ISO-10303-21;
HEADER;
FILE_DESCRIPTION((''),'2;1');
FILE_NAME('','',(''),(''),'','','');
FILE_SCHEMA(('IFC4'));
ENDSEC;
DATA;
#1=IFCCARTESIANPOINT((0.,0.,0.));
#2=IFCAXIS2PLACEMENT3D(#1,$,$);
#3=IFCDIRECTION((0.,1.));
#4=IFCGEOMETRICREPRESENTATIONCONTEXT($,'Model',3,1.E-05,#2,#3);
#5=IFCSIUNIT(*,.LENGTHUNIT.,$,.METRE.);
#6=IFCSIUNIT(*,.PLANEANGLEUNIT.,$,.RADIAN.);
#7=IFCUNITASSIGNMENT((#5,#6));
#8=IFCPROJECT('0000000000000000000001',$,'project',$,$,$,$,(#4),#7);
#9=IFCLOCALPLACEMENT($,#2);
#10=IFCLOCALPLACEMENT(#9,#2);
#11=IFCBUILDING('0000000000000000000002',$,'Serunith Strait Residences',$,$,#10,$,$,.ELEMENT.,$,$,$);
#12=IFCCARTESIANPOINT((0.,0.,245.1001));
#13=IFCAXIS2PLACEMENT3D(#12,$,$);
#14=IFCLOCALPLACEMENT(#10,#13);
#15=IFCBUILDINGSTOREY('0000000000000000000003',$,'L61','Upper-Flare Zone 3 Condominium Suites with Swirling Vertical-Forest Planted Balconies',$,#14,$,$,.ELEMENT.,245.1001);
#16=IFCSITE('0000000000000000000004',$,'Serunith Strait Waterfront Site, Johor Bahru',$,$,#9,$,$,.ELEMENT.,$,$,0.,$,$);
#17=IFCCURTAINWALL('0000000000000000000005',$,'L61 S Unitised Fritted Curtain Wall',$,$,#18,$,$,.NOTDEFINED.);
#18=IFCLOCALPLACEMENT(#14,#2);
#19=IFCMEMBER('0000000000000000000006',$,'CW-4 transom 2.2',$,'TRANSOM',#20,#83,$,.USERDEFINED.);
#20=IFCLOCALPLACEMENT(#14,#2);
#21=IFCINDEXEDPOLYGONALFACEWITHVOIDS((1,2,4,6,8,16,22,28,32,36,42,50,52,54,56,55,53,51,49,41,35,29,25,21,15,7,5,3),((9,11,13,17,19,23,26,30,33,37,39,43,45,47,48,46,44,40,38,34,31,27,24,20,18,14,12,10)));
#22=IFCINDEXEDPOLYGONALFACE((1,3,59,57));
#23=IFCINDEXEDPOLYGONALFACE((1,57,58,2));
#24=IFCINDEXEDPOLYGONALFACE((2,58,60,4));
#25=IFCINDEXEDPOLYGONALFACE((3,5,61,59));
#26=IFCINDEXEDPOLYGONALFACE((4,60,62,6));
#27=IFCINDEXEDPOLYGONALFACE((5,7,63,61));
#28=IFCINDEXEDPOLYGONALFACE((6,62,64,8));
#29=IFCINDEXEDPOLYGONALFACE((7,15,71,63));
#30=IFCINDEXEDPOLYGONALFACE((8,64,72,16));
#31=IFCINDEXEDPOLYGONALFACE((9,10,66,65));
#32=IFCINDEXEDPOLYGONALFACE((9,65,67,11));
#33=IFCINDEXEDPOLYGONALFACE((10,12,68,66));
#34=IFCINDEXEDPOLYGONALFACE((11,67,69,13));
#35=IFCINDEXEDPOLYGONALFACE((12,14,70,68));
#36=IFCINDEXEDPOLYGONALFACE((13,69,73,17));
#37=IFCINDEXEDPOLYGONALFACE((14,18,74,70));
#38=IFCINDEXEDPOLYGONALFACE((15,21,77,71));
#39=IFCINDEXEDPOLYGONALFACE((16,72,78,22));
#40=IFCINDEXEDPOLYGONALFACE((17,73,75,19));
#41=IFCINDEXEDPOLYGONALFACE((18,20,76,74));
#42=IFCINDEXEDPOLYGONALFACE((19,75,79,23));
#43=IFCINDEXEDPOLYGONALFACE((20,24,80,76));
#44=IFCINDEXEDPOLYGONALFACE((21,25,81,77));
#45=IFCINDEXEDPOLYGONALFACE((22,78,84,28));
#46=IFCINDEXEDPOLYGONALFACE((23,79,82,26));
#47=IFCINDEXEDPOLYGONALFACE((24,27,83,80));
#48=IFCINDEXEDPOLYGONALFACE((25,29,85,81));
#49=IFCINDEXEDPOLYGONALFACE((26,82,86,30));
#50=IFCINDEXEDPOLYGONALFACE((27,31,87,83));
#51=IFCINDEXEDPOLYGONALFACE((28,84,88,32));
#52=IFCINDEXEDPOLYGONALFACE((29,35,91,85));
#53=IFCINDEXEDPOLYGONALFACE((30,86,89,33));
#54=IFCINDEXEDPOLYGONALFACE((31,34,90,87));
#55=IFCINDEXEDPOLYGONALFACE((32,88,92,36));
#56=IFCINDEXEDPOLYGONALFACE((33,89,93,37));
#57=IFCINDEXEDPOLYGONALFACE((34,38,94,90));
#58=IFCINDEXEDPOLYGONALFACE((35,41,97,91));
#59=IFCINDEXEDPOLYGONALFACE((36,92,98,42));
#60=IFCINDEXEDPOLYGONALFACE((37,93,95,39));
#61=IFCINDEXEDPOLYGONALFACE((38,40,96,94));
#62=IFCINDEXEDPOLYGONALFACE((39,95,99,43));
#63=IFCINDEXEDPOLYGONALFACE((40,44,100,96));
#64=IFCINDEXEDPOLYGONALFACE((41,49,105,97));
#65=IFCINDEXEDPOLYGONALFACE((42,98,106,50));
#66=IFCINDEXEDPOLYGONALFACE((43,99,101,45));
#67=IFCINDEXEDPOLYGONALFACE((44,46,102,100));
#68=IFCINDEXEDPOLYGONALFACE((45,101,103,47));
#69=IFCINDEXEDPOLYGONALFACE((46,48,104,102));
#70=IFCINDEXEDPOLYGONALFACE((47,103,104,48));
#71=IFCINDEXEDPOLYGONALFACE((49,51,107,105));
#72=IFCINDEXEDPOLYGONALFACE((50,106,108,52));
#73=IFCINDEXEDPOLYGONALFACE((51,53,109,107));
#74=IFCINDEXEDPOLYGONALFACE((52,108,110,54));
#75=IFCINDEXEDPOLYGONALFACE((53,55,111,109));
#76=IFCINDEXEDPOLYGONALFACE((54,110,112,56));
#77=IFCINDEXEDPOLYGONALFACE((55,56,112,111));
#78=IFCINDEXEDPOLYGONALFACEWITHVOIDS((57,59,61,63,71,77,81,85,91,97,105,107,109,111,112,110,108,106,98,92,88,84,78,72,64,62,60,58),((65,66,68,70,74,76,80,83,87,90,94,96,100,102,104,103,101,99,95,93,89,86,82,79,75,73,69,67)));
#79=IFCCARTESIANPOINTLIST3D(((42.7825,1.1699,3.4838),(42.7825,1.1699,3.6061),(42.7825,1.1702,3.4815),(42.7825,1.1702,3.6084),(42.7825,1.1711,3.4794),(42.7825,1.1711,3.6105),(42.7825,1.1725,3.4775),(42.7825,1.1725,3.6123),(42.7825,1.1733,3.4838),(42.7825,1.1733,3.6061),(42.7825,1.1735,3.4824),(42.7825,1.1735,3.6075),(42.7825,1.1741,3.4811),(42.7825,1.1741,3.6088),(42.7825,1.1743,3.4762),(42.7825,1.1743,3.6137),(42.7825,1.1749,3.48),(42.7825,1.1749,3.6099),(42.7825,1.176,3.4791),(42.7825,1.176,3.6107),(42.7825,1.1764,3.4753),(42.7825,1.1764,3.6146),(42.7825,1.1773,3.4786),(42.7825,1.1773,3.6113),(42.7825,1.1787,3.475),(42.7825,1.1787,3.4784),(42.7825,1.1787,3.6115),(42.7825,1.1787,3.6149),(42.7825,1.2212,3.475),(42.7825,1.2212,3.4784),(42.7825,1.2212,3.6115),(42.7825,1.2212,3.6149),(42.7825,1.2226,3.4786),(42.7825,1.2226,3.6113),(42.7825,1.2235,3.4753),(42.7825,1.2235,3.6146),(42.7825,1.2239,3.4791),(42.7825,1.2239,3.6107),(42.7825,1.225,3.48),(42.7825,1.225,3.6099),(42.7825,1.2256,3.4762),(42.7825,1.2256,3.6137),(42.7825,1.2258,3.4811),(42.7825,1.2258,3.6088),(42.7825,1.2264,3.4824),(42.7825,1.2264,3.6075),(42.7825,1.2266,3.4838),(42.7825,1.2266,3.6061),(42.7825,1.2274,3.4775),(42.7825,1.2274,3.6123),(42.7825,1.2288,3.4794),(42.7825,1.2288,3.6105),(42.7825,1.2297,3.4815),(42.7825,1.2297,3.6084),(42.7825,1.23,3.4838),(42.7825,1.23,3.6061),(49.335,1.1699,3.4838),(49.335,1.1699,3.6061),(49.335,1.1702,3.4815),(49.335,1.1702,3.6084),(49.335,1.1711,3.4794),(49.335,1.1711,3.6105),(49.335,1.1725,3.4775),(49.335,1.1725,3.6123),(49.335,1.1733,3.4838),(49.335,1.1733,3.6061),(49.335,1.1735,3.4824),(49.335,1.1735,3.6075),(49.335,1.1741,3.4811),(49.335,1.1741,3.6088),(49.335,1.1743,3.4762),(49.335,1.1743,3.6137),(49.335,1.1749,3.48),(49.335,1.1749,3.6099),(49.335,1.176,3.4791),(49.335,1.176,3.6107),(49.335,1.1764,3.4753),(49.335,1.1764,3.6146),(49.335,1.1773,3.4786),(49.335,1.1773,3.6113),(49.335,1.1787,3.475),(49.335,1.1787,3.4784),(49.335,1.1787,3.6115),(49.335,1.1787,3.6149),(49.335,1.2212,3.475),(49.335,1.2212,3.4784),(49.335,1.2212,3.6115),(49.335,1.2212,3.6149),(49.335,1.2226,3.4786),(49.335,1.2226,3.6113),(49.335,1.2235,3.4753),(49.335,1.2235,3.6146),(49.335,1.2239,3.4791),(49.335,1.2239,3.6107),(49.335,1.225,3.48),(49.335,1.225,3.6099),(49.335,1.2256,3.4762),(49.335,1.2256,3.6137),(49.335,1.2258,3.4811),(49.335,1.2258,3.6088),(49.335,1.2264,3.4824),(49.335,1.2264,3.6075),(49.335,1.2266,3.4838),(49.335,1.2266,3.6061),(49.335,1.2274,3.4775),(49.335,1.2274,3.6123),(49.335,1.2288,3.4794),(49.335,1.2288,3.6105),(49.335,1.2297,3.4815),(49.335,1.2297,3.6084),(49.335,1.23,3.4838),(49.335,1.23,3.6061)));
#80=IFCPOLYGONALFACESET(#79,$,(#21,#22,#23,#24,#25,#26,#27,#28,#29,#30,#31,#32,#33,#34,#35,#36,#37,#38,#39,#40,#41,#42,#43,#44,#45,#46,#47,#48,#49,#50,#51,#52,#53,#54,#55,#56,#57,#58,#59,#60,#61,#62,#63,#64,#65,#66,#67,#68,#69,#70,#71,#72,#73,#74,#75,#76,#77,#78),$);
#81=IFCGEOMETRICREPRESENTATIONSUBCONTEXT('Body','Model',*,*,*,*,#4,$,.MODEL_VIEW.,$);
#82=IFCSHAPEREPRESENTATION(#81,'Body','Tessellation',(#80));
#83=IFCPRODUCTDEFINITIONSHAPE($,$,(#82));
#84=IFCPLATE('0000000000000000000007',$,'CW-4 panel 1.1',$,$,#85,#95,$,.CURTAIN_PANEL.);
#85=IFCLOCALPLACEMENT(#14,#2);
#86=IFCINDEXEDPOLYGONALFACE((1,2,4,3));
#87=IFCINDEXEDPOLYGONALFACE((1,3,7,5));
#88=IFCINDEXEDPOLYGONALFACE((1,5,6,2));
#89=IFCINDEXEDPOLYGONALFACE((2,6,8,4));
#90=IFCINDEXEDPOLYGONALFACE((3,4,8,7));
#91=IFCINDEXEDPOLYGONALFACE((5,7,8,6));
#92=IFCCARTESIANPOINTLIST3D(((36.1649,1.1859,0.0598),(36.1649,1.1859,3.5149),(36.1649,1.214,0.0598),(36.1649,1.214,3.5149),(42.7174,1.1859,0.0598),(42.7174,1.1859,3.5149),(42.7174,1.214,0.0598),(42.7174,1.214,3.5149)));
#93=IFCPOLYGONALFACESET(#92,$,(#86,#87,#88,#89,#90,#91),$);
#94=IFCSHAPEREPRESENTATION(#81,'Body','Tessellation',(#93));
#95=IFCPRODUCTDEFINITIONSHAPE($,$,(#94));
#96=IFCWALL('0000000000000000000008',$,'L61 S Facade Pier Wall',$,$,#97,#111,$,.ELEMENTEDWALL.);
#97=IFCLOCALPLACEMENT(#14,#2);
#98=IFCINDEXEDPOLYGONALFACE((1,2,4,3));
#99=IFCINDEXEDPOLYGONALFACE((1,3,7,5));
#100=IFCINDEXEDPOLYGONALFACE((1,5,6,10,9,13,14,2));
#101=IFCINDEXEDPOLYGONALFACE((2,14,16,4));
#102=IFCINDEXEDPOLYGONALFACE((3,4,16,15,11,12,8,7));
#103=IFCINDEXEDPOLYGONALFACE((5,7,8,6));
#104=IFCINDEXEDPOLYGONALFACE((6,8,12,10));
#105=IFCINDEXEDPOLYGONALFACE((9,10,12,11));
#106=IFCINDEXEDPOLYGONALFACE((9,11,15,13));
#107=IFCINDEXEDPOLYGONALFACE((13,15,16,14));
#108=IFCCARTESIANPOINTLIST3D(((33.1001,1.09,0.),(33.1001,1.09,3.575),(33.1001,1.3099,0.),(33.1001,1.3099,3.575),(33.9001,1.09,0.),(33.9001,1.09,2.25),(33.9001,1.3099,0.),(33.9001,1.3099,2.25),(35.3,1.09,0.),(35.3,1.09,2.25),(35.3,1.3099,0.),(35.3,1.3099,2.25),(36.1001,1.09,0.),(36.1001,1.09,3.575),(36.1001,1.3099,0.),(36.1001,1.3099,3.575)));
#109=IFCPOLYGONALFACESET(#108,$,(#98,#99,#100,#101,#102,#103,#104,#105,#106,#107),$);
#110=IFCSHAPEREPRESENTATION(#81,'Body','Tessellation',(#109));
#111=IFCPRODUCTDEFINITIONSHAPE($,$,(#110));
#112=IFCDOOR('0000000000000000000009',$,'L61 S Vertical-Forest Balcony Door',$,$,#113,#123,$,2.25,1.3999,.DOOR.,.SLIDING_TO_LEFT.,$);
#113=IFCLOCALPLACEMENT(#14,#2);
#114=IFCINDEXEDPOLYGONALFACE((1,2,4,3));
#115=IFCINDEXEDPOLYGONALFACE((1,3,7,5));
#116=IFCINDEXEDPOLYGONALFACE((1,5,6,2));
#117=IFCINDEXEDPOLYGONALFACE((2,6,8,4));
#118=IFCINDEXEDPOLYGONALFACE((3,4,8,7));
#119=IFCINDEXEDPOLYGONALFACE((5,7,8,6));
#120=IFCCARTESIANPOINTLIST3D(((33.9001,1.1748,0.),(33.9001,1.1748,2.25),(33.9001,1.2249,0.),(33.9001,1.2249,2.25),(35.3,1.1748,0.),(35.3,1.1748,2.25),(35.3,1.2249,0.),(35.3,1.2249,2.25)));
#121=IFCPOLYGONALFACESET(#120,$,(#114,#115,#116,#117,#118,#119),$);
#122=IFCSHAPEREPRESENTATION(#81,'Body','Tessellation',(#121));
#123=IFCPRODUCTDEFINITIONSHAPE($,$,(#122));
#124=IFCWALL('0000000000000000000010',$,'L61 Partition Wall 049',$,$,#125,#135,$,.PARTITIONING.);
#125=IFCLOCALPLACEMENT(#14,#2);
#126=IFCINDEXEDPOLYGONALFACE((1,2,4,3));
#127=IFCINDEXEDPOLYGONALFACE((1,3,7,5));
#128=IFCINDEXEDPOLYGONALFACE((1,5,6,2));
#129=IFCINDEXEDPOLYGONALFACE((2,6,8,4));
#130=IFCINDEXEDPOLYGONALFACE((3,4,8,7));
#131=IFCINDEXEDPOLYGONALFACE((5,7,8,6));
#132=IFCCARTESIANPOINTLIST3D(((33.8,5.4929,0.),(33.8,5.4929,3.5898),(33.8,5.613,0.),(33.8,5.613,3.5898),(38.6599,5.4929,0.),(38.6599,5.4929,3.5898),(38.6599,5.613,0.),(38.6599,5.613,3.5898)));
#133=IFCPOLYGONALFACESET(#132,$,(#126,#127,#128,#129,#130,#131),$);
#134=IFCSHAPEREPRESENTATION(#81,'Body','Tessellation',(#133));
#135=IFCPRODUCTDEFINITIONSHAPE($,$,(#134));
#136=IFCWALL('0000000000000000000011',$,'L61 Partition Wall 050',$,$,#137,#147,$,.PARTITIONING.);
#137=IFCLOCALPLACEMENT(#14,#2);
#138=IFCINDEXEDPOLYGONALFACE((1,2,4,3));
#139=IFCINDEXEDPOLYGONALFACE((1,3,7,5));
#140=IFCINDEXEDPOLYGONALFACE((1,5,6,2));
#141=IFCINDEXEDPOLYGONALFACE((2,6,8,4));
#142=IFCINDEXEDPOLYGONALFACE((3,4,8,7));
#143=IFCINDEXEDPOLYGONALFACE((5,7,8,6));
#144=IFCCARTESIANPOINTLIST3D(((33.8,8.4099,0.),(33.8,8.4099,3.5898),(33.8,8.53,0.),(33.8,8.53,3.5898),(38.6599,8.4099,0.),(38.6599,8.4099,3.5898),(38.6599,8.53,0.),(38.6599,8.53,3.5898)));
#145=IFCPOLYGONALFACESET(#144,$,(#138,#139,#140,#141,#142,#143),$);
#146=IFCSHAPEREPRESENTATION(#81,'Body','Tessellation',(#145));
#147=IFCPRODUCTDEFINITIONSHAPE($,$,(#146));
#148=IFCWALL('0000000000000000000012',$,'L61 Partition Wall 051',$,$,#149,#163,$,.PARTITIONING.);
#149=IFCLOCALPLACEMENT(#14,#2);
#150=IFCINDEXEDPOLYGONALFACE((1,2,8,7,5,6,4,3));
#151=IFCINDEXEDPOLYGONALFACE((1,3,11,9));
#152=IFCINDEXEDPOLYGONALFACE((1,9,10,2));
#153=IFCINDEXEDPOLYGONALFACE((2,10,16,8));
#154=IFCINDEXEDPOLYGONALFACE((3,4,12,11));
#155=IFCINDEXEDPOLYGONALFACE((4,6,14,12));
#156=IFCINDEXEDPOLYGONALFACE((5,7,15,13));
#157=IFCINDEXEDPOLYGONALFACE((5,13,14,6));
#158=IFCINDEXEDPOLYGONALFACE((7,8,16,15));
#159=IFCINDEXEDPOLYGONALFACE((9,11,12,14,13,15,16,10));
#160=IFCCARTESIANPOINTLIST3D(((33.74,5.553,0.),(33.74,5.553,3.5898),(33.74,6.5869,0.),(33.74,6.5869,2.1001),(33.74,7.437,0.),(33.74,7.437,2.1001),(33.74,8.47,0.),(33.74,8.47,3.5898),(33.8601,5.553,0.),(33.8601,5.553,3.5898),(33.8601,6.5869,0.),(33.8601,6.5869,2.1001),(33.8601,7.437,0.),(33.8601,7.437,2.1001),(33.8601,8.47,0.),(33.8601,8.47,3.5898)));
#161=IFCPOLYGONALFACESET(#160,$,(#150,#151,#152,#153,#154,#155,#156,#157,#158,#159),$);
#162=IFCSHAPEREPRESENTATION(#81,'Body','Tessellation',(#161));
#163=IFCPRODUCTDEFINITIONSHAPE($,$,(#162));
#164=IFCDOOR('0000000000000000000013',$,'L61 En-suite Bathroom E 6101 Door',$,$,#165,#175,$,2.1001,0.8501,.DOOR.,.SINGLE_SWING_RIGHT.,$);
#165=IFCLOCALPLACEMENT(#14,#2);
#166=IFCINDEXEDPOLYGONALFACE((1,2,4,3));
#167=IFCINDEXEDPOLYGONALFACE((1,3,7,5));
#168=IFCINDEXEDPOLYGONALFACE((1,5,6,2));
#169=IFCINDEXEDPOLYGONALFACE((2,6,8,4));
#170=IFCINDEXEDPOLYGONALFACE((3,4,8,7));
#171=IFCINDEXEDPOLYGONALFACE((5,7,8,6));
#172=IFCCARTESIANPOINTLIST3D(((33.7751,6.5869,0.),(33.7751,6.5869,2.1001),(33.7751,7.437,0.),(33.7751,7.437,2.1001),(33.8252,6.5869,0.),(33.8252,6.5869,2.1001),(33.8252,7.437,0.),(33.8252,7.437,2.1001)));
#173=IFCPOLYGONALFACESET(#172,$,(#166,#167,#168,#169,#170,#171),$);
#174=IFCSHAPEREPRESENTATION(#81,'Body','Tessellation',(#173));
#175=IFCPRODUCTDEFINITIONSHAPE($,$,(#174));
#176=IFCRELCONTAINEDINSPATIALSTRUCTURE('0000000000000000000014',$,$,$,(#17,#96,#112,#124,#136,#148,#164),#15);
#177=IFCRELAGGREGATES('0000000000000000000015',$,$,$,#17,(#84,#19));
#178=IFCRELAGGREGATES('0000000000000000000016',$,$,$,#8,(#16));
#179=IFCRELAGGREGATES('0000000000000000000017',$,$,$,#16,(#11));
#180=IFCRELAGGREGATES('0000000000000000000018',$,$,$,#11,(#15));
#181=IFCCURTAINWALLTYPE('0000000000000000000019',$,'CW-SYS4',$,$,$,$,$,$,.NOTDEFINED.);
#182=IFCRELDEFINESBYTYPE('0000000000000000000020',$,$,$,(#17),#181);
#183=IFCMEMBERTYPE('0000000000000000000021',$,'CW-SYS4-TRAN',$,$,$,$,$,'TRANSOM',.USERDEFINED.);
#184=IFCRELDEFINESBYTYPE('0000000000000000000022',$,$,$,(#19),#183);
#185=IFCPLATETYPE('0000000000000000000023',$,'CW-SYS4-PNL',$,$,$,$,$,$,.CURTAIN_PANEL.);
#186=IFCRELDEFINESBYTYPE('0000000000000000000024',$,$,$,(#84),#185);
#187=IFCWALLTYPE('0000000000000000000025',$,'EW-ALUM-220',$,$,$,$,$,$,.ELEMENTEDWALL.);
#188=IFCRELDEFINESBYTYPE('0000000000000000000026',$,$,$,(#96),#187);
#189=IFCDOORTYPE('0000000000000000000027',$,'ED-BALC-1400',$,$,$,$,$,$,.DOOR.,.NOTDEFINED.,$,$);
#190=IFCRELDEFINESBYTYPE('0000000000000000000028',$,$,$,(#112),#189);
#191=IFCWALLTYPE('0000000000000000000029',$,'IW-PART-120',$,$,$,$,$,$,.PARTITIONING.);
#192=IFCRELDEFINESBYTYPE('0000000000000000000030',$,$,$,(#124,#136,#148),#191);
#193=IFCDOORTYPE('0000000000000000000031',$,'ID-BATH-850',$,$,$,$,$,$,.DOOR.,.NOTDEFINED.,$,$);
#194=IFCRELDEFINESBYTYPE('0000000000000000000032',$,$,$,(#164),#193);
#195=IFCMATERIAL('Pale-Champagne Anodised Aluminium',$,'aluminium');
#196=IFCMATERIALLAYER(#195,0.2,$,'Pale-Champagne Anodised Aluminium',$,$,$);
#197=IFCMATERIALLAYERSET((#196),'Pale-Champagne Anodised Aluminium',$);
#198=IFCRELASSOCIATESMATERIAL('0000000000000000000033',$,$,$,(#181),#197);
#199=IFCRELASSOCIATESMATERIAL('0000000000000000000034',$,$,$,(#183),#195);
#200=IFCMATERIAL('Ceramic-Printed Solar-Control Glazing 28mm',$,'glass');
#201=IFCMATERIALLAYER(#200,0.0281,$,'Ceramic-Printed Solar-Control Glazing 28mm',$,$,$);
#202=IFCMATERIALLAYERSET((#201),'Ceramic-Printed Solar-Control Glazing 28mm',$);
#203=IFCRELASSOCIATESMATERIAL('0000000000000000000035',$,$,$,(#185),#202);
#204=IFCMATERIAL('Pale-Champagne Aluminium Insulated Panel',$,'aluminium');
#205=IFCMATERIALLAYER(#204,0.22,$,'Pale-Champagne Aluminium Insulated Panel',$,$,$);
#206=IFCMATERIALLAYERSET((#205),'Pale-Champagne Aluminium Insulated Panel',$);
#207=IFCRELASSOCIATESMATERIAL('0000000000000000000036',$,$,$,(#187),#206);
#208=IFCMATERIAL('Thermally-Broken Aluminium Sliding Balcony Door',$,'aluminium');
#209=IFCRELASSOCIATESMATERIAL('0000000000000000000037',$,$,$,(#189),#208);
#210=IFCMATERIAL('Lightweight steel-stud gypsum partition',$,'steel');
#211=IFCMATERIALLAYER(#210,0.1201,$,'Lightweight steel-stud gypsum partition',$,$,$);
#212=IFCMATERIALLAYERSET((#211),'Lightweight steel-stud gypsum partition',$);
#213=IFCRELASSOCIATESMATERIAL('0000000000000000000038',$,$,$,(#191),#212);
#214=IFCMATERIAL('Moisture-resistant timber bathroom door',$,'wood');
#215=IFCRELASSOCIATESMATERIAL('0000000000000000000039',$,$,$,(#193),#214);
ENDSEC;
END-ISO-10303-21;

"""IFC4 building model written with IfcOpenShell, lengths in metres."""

from ifc_helpers import new_model, si_unit, direction, frame, frame_2d, origin, origin_2d, place, context, subcontext, project, spatial, rectangle, hollow_rectangle, extrude, source, transform, mapped, material, layer, layer_set, material_profile, profile_set, type_object, element, fill, aggregate, save


model = new_model("IFC4")

# Units and contexts
model_context = context("Model", 3, precision=1e-05, world=origin(), true_north=direction((0.0, 1.0)))
body_context = subcontext(model_context, "Body", "Model", "MODEL_VIEW")
ifc_project = project(units=[si_unit("LENGTHUNIT", "METRE"), si_unit("PLANEANGLEUNIT", "RADIAN")], contexts=[model_context])

# Site, building, storey
site_placement = place(None, origin())
site = spatial("IfcSite", under=ifc_project, at=site_placement, Name="Serunith Strait Waterfront Site, Johor Bahru", CompositionType="ELEMENT", RefElevation=0.0)
building_placement = place(site_placement, origin())
building = spatial("IfcBuilding", under=site, at=building_placement, Name="Serunith Strait Residences", CompositionType="ELEMENT")
storey_placement = place(building_placement, frame((0.0, 0.0, 245.1001)))
storey = spatial("IfcBuildingStorey", under=building, at=storey_placement, Name="L61", Description="Upper-Flare Zone 3 Condominium Suites with Swirling Vertical-Forest Planted Balconies", CompositionType="ELEMENT", Elevation=245.1001)

# Shared definitions
ifc_material_1 = material(Name="Pale-Champagne Anodised Aluminium", Category="aluminium")
ifc_layer_1 = layer(ifc_material_1, 0.2, Name="Pale-Champagne Anodised Aluminium")
ifc_layer_set_1 = layer_set([ifc_layer_1], Name="Pale-Champagne Anodised Aluminium")
curtain_wall_type = type_object("IfcCurtainWallType", Name="CW-SYS4", PredefinedType="NOTDEFINED", material=ifc_layer_set_1)

# Curtain wall, member, plate
curtain_wall_1_placement = place(storey_placement, origin())
curtain_wall_1 = element("IfcCurtainWall", 1, at=curtain_wall_1_placement, inside=storey, type_object=curtain_wall_type, Name="L61 S Unitised Fritted Curtain Wall", PredefinedType="NOTDEFINED")
ifc_material_profile_1 = material_profile(ifc_material_1, hollow_rectangle(XDim=0.0601, YDim=0.1399, WallThickness=0.0034, InnerFilletRadius=0.0054, OuterFilletRadius=0.0088, at=origin_2d()), Name="ALU 140x60x3.5")
ifc_profile_set_1 = profile_set([ifc_material_profile_1], Name="Pale-Champagne Anodised Aluminium")
member_type_1 = type_object("IfcMemberType", Name="CW-SYS4-TRAN", ElementType="TRANSOM", PredefinedType="USERDEFINED", material=ifc_profile_set_1)
shared_shape_1 = source(origin(), body_context, "Body", "SweptSolid", [
    extrude(hollow_rectangle(XDim=0.0601, YDim=0.1399, WallThickness=0.0034, InnerFilletRadius=0.0054, OuterFilletRadius=0.0088, at=origin_2d()), origin(), (0.0, 0.0, 1.0), 6.5525),
])
member_1_placement = place(storey_placement, frame((42.7825, 1.2, 3.5449), z_axis=(1.0, 0.0, 0.0), x_axis=(0.0, 1.0, 0.0)))
member_1 = element("IfcMember", 2, at=member_1_placement, type_object=member_type_1, Name="CW-4 transom 2.2", ObjectType="TRANSOM", PredefinedType="USERDEFINED", context=body_context, shape_type="MappedRepresentation", body=[
    mapped(shared_shape_1, transform((0.0, 0.0, 0.0), scale=1.0)),
])
ifc_material_2 = material(Name="Ceramic-Printed Solar-Control Glazing 28mm", Category="glass")
ifc_layer_2 = layer(ifc_material_2, 0.0281, Name="Ceramic-Printed Solar-Control Glazing 28mm")
ifc_layer_set_2 = layer_set([ifc_layer_2], Name="Ceramic-Printed Solar-Control Glazing 28mm")
plate_type = type_object("IfcPlateType", Name="CW-SYS4-PNL", PredefinedType="CURTAIN_PANEL", material=ifc_layer_set_2)
shared_shape_2 = source(origin(), body_context, "Body", "SweptSolid", [
    extrude(rectangle(XDim=6.5525, YDim=0.0281, at=origin_2d()), origin(), (0.0, 0.0, 1.0), 3.4551),
])
plate_placement = place(storey_placement, frame((39.4412, 1.2, 0.0598), z_axis=(0.0, 0.0, 1.0), x_axis=(1.0, 0.0, 0.0)))
plate = element("IfcPlate", 3, at=plate_placement, type_object=plate_type, Name="CW-4 panel 1.1", PredefinedType="CURTAIN_PANEL", context=body_context, shape_type="MappedRepresentation", body=[
    mapped(shared_shape_2, transform((0.0, 0.0, 0.0), scale=1.0)),
])
aggregate(curtain_wall_1, [plate, member_1])

# Wall, opening, door
ifc_material_3 = material(Name="Pale-Champagne Aluminium Insulated Panel", Category="aluminium")
ifc_layer_3 = layer(ifc_material_3, 0.22, Name="Pale-Champagne Aluminium Insulated Panel")
ifc_layer_set_3 = layer_set([ifc_layer_3], Name="Pale-Champagne Aluminium Insulated Panel")
wall_type_1 = type_object("IfcWallType", Name="EW-ALUM-220", PredefinedType="ELEMENTEDWALL", material=ifc_layer_set_3)
wall_1_placement = place(storey_placement, frame((33.1001, 1.2, 0.0), z_axis=(0.0, 0.0, 1.0), x_axis=(1.0, 0.0, 0.0)))
wall_1 = element("IfcWall", 4, at=wall_1_placement, inside=storey, type_object=wall_type_1, Name="L61 S Facade Pier Wall", PredefinedType="ELEMENTEDWALL", context=body_context, shape_type="SweptSolid", body=[
    extrude(rectangle(XDim=3.0, YDim=0.22, at=frame_2d((1.5, 0.0))), origin(), (0.0, 0.0, 1.0), 3.575),
])
opening_1_placement = place(wall_1_placement, frame((0.8, 0.0, 0.0)))
opening_1 = element("IfcOpeningElement", 5, at=opening_1_placement, cuts=wall_1, PredefinedType="OPENING", context=body_context, shape_type="SweptSolid", body=[
    extrude(rectangle(XDim=1.3999, YDim=2.25, at=frame_2d((0.7, 1.125))), frame((0.0, 0.1201, 0.0), z_axis=(0.0, -1.0, 0.0), x_axis=(1.0, 0.0, 0.0)), (0.0, 0.0, 1.0), 0.24),
])
ifc_material_4 = material(Name="Thermally-Broken Aluminium Sliding Balcony Door", Category="aluminium")
door_type_1 = type_object("IfcDoorType", Name="ED-BALC-1400", OperationType="NOTDEFINED", PredefinedType="DOOR", material=ifc_material_4)
shared_shape_3 = source(origin(), body_context, "Body", "SweptSolid", [
    extrude(rectangle(XDim=1.3999, YDim=2.25, at=frame_2d((0.7, 1.125))), frame((0.0, 0.0249, 0.0), z_axis=(0.0, -1.0, 0.0), x_axis=(1.0, 0.0, 0.0)), (0.0, 0.0, 1.0), 0.05),
])
door_1_placement = place(opening_1_placement, origin())
door_1 = element("IfcDoor", 6, at=door_1_placement, inside=storey, type_object=door_type_1, Name="L61 S Vertical-Forest Balcony Door", OperationType="SLIDING_TO_LEFT", OverallHeight=2.25, OverallWidth=1.3999, PredefinedType="DOOR", context=body_context, shape_type="MappedRepresentation", body=[
    mapped(shared_shape_3, transform((0.0, 0.0, 0.0), scale=1.0)),
])
fill(opening_1, door_1)

# Walls
ifc_material_5 = material(Name="Lightweight steel-stud gypsum partition", Category="steel")
ifc_layer_4 = layer(ifc_material_5, 0.1201, Name="Lightweight steel-stud gypsum partition")
ifc_layer_set_4 = layer_set([ifc_layer_4], Name="Lightweight steel-stud gypsum partition")
wall_type_2 = type_object("IfcWallType", Name="IW-PART-120", PredefinedType="PARTITIONING", material=ifc_layer_set_4)
for number, where, z_axis, x_axis, name in (
    (7, (33.8, 5.553, 0.0), (0.0, 0.0, 1.0), (1.0, 0.0, 0.0), "L61 Partition Wall 049"),
    (8, (33.8, 8.47, 0.0), (0.0, 0.0, 1.0), (1.0, 0.0, 0.0), "L61 Partition Wall 050"),
):
    element("IfcWall", number, at=place(storey_placement, frame(where, z_axis=z_axis, x_axis=x_axis)), inside=storey, type_object=wall_type_2, Name=name, PredefinedType="PARTITIONING", context=body_context, shape_type="SweptSolid", body=[
        extrude(rectangle(XDim=4.8599, YDim=0.1201, at=frame_2d((2.4299, 0.0))), origin(), (0.0, 0.0, 1.0), 3.5898),
    ])

# Wall, opening, door
wall_2_placement = place(storey_placement, frame((33.8, 5.553, 0.0), z_axis=(0.0, 0.0, 1.0), x_axis=(0.0, 1.0, 0.0)))
wall_2 = element("IfcWall", 9, at=wall_2_placement, inside=storey, type_object=wall_type_2, Name="L61 Partition Wall 051", PredefinedType="PARTITIONING", context=body_context, shape_type="SweptSolid", body=[
    extrude(rectangle(XDim=2.917, YDim=0.1201, at=frame_2d((1.4585, 0.0))), origin(), (0.0, 0.0, 1.0), 3.5898),
])
opening_2_placement = place(wall_2_placement, frame((1.0339, 0.0, 0.0)))
opening_2 = element("IfcOpeningElement", 10, at=opening_2_placement, cuts=wall_2, PredefinedType="OPENING", context=body_context, shape_type="SweptSolid", body=[
    extrude(rectangle(XDim=0.8501, YDim=2.1001, at=frame_2d((0.425, 1.05))), frame((0.0, 0.0701, 0.0), z_axis=(0.0, -1.0, 0.0), x_axis=(1.0, 0.0, 0.0)), (0.0, 0.0, 1.0), 0.1401),
])
ifc_material_6 = material(Name="Moisture-resistant timber bathroom door", Category="wood")
door_type_2 = type_object("IfcDoorType", Name="ID-BATH-850", OperationType="NOTDEFINED", PredefinedType="DOOR", material=ifc_material_6)
shared_shape_4 = source(origin(), body_context, "Body", "SweptSolid", [
    extrude(rectangle(XDim=0.8501, YDim=2.1001, at=frame_2d((0.425, 1.05))), frame((0.0, 0.0249, 0.0), z_axis=(0.0, -1.0, 0.0), x_axis=(1.0, 0.0, 0.0)), (0.0, 0.0, 1.0), 0.05),
])
door_2_placement = place(opening_2_placement, origin())
door_2 = element("IfcDoor", 11, at=door_2_placement, inside=storey, type_object=door_type_2, Name="L61 En-suite Bathroom E 6101 Door", OperationType="SINGLE_SWING_RIGHT", OverallHeight=2.1001, OverallWidth=0.8501, PredefinedType="DOOR", context=body_context, shape_type="MappedRepresentation", body=[
    mapped(shared_shape_4, transform((0.0, 0.0, 0.0), scale=1.0)),
])
fill(opening_2, door_2)

save(model, "model.ifc")
